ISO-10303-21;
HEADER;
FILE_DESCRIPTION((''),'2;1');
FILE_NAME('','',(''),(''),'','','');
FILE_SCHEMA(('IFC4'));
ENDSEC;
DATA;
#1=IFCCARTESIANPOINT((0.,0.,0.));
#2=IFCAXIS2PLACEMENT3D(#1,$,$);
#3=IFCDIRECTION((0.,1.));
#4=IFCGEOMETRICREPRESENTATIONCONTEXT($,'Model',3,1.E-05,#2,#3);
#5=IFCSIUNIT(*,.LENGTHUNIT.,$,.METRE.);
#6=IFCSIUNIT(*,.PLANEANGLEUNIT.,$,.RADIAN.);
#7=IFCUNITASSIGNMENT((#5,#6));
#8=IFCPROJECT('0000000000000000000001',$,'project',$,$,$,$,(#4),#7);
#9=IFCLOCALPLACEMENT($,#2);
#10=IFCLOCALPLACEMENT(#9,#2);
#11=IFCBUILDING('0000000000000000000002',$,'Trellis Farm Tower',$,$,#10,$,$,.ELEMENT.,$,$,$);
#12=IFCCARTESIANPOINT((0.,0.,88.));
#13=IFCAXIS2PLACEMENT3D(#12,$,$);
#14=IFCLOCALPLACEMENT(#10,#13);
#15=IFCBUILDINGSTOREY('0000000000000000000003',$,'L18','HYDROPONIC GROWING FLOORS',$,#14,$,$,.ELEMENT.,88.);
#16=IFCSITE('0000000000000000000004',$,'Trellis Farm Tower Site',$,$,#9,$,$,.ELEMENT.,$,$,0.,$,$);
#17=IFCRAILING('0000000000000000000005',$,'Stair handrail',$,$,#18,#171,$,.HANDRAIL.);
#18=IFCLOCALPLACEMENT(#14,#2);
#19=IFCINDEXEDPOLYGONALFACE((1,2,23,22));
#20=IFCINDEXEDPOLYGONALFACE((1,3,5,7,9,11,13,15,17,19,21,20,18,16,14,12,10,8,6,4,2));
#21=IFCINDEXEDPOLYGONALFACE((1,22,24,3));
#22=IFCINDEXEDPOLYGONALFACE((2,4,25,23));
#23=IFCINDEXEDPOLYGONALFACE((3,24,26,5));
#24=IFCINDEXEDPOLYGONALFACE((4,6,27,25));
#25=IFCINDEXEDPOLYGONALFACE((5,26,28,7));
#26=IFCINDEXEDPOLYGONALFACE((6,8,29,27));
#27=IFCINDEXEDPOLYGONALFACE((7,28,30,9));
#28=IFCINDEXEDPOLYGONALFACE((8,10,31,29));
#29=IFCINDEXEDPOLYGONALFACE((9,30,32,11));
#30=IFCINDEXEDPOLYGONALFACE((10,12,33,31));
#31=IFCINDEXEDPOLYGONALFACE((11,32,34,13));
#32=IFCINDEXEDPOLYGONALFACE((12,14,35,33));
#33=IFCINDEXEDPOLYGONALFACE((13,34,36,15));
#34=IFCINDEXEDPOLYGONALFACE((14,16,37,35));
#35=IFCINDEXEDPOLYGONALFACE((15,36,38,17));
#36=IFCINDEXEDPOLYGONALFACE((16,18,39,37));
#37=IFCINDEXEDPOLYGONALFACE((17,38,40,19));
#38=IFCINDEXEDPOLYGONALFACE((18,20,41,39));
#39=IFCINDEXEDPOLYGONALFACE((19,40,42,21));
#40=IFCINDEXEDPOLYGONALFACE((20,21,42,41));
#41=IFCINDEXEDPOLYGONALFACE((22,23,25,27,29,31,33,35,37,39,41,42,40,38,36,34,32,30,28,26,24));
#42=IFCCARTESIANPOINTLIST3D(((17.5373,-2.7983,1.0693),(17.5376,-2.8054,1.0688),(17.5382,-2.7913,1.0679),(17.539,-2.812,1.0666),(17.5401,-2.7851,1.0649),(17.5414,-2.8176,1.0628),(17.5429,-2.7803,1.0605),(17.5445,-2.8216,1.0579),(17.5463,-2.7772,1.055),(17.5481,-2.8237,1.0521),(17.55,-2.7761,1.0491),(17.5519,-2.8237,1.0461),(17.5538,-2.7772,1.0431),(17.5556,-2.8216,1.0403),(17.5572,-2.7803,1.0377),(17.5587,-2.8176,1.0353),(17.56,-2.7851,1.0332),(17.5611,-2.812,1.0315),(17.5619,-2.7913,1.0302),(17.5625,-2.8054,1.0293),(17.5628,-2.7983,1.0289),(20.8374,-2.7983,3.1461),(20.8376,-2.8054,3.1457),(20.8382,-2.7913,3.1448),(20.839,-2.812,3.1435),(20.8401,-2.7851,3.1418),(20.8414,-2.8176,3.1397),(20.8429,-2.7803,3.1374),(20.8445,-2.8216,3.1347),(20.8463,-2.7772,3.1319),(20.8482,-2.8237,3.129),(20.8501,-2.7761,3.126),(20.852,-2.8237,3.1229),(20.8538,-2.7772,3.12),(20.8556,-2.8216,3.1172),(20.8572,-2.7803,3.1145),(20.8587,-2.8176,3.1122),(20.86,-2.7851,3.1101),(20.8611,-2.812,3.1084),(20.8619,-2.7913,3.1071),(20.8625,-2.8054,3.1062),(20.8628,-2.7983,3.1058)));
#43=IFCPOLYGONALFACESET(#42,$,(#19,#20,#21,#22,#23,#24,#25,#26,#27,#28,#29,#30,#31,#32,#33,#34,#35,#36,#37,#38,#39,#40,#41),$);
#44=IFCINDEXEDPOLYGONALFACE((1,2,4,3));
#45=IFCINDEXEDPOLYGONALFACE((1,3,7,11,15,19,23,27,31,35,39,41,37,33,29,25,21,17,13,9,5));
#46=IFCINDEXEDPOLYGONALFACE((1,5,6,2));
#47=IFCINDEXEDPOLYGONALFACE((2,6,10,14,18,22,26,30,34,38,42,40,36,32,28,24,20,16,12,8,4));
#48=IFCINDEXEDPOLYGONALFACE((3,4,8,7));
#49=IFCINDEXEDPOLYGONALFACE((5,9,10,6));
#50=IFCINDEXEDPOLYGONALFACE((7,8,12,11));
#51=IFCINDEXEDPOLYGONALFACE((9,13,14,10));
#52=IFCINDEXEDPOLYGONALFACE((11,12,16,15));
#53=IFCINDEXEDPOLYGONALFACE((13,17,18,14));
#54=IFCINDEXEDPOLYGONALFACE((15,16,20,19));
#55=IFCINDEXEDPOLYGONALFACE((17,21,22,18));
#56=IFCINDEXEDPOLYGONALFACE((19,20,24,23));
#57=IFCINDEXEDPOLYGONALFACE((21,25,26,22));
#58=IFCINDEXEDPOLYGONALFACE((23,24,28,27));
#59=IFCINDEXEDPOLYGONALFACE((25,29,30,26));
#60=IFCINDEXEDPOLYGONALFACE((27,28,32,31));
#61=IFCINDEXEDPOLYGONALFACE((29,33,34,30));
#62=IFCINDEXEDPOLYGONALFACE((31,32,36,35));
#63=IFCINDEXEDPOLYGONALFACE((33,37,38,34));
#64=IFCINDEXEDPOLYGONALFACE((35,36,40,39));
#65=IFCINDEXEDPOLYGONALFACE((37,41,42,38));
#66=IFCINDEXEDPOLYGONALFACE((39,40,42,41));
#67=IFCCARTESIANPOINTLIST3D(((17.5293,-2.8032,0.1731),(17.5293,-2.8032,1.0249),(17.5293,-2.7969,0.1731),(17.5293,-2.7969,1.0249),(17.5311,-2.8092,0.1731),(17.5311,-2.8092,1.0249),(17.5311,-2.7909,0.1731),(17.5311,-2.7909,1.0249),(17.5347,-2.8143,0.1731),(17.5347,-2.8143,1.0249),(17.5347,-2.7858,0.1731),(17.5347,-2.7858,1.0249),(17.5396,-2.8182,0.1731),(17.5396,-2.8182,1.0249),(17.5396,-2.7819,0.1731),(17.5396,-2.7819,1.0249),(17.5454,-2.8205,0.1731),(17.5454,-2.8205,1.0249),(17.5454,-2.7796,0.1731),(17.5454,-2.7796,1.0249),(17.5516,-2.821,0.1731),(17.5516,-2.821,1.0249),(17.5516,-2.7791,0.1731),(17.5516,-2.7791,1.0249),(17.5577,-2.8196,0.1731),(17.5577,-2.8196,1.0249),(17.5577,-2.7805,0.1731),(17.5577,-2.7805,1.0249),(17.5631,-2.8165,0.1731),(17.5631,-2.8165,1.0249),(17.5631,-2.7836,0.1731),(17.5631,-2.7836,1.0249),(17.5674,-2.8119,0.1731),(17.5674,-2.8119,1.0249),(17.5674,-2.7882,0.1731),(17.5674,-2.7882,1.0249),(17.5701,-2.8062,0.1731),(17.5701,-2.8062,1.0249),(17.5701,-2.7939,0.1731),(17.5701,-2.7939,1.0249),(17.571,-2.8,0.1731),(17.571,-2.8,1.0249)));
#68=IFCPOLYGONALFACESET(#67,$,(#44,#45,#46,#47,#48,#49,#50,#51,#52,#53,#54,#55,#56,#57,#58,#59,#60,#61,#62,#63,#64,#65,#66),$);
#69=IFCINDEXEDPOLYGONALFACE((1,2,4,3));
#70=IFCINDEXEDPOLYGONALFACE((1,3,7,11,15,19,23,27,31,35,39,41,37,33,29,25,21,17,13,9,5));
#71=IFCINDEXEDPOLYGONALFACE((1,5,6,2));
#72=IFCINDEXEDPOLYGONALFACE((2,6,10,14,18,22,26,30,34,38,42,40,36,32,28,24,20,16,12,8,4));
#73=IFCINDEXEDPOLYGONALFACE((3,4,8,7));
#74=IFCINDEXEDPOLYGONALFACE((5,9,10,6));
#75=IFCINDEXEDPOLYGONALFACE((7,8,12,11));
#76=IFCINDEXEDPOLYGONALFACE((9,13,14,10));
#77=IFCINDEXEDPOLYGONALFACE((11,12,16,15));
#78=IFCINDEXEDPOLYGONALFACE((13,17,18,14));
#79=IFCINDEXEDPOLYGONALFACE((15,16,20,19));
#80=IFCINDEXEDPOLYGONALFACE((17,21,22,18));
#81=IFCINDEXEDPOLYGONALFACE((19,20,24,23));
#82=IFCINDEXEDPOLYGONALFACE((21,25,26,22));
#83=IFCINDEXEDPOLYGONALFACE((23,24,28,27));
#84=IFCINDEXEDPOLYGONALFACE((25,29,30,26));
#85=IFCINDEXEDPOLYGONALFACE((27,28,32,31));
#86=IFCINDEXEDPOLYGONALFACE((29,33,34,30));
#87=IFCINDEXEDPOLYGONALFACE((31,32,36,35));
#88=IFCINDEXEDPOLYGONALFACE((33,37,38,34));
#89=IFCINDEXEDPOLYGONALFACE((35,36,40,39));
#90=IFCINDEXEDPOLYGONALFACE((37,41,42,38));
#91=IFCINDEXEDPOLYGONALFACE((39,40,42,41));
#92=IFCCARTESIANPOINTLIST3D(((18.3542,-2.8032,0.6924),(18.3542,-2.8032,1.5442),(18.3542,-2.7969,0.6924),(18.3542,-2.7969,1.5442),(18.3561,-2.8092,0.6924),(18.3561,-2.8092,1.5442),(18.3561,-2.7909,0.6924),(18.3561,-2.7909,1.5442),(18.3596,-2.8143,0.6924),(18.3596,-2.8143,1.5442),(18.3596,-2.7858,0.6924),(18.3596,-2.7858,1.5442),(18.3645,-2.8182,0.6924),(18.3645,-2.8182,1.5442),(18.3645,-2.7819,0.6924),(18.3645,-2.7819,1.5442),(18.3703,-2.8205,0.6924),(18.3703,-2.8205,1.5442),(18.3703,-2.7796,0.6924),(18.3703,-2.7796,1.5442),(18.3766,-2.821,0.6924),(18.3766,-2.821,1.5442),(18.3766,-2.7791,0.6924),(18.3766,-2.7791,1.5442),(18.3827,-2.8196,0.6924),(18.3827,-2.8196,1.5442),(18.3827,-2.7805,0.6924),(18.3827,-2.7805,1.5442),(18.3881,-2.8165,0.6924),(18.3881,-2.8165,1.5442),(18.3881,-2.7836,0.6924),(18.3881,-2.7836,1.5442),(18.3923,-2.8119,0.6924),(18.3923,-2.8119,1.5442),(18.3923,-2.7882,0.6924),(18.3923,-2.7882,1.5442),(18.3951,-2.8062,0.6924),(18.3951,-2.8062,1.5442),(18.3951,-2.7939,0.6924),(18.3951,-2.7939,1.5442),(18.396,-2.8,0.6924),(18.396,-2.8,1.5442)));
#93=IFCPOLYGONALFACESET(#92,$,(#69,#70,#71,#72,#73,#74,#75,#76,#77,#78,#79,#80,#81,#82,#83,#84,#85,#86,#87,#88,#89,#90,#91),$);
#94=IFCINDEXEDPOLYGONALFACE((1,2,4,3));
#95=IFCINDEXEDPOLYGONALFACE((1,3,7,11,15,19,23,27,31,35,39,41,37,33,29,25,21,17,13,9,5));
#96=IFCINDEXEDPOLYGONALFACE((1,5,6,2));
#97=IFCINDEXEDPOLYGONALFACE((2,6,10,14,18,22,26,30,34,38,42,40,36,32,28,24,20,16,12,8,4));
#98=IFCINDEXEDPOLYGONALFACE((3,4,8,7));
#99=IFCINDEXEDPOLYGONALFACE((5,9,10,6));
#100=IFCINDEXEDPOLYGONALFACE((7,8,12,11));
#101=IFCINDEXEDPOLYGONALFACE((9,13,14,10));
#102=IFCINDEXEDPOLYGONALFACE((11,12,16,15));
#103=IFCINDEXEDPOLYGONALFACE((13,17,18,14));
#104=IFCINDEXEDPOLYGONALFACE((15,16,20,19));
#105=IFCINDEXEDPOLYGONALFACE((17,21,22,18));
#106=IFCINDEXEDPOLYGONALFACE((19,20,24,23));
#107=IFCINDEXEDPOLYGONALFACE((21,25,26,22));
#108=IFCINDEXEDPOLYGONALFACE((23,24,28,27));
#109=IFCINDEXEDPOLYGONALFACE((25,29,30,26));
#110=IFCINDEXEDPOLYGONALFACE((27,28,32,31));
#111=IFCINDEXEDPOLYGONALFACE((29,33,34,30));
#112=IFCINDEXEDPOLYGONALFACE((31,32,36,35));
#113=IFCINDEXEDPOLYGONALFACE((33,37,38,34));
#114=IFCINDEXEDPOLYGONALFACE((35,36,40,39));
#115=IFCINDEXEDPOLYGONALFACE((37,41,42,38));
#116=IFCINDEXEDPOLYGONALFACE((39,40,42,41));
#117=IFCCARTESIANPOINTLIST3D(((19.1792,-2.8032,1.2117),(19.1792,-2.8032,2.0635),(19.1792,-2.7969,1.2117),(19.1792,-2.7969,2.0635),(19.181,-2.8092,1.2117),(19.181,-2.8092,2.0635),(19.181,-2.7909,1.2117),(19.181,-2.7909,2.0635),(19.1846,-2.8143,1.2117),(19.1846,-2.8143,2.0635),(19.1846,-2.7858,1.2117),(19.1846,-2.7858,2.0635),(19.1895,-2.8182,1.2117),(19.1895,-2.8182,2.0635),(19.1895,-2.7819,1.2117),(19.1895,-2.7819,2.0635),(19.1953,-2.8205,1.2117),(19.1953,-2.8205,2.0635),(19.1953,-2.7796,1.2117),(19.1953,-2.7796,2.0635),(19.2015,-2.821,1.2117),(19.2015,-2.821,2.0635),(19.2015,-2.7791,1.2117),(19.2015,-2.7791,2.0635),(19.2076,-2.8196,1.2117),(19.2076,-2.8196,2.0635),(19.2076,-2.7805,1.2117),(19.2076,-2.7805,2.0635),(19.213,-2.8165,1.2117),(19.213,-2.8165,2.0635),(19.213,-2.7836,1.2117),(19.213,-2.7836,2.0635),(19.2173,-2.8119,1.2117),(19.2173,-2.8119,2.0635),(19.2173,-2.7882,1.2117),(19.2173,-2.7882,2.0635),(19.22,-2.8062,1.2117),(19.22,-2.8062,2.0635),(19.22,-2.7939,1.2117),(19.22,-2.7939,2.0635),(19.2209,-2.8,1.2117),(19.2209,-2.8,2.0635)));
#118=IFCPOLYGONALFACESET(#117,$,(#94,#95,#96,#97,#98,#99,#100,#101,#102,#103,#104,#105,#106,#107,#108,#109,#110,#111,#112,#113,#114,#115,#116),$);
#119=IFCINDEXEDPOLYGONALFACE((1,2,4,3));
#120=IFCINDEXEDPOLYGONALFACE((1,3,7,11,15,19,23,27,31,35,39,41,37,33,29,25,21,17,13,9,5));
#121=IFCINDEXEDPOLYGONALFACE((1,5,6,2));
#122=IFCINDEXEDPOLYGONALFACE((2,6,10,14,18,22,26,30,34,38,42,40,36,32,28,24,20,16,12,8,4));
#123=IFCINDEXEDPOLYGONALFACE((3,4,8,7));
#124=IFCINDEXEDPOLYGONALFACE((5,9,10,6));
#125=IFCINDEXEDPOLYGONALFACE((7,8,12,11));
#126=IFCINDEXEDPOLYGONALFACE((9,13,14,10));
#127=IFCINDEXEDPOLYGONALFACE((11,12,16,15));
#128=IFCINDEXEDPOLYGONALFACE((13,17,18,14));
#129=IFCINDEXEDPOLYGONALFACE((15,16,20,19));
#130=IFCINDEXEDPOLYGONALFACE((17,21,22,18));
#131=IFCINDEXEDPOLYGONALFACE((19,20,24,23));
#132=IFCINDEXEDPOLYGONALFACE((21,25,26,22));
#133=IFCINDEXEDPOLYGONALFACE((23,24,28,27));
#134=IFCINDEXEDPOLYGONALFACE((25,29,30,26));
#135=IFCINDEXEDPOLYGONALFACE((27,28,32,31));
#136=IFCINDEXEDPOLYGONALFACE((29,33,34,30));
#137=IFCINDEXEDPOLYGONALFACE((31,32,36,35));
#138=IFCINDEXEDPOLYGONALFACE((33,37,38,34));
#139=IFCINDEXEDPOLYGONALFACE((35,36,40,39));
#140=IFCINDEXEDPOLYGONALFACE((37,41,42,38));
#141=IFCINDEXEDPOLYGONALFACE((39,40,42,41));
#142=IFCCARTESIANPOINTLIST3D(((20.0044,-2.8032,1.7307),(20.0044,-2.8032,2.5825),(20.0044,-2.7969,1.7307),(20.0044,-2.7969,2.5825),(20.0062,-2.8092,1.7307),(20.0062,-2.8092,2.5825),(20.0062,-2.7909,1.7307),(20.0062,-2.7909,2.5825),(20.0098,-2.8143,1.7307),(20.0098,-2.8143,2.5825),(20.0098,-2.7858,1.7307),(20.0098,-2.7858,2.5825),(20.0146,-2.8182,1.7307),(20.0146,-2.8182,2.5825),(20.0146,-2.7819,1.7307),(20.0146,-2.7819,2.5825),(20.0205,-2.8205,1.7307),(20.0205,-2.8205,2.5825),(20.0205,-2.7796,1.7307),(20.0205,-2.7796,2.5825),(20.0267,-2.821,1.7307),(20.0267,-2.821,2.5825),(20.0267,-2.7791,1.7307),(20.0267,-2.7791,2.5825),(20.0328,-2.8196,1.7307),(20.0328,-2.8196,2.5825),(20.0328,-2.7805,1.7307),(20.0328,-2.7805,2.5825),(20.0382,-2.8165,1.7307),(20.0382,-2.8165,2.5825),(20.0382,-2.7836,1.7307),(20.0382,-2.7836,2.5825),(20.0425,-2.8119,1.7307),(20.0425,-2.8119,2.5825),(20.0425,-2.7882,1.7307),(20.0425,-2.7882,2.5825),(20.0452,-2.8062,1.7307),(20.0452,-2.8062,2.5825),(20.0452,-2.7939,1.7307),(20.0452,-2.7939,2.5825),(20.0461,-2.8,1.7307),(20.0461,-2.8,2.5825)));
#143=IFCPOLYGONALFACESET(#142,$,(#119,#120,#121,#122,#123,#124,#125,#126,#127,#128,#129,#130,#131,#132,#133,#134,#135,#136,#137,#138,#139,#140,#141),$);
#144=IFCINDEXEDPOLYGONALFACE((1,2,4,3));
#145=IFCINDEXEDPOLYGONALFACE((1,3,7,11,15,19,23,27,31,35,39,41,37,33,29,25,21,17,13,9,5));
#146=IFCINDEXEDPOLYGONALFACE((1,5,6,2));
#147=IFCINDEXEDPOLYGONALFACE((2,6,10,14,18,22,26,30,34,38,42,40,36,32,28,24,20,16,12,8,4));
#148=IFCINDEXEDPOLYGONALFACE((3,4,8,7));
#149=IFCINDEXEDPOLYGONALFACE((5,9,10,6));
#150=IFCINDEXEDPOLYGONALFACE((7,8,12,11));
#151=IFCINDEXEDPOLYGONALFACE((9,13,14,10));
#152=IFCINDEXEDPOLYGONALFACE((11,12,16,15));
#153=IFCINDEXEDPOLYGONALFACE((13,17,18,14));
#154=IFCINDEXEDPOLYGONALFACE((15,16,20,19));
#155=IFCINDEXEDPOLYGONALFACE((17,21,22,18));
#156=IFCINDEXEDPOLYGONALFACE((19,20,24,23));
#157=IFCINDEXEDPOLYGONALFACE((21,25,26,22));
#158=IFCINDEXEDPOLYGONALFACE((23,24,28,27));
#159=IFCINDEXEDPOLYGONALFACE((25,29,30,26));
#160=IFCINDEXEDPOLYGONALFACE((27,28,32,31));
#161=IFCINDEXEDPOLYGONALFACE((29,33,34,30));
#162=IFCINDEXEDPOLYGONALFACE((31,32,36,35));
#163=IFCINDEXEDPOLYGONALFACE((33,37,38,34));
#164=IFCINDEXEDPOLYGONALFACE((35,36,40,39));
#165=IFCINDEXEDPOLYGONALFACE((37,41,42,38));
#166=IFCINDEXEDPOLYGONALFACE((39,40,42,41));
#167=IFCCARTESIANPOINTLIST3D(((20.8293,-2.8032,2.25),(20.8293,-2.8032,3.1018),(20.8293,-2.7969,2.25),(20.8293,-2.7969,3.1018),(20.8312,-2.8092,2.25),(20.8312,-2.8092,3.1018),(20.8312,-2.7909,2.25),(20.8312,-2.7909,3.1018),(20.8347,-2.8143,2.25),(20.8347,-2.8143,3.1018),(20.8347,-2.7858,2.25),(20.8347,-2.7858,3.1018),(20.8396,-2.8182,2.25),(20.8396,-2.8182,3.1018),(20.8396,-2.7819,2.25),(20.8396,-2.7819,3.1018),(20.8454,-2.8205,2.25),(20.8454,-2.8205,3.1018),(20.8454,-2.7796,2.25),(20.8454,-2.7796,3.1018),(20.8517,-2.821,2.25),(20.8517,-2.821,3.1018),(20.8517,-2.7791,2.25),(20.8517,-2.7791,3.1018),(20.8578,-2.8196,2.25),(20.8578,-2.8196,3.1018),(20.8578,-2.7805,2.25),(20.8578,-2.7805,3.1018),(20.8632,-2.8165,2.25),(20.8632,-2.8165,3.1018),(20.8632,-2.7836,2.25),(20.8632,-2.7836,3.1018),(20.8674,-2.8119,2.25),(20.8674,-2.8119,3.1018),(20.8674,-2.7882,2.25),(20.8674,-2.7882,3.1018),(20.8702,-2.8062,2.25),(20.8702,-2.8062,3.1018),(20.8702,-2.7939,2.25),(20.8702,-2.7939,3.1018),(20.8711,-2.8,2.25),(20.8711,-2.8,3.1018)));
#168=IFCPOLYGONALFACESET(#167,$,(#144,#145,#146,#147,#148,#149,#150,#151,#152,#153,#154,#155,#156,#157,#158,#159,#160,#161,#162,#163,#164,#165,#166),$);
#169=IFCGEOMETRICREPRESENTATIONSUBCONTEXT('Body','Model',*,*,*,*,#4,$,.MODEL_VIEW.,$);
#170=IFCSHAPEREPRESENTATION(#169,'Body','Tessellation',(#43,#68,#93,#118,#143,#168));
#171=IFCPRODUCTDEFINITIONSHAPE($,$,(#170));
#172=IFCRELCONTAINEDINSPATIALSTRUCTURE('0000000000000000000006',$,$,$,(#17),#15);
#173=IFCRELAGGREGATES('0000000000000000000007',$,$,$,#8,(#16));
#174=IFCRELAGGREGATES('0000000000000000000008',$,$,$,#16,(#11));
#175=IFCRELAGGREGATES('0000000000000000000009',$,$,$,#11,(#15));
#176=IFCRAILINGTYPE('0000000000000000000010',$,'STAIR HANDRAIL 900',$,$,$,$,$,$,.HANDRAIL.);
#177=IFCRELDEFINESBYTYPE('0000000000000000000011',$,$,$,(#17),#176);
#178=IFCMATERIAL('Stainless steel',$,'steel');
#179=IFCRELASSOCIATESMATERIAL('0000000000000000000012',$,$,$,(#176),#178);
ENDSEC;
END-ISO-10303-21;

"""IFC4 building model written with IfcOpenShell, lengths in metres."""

from ifc_helpers import new_model, si_unit, direction, frame, origin, origin_2d, place, context, subcontext, project, spatial, circle, extrude, source, transform, mapped, material, type_object, element, save


model = new_model("IFC4")

# Units and contexts
model_context = context("Model", 3, precision=1e-05, world=origin(), true_north=direction((0.0, 1.0)))
body_context = subcontext(model_context, "Body", "Model", "MODEL_VIEW")
ifc_project = project(units=[si_unit("LENGTHUNIT", "METRE"), si_unit("PLANEANGLEUNIT", "RADIAN")], contexts=[model_context])

# Site, building, storey
site_placement = place(None, origin())
site = spatial("IfcSite", under=ifc_project, at=site_placement, Name="Trellis Farm Tower Site", CompositionType="ELEMENT", RefElevation=0.0)
building_placement = place(site_placement, origin())
building = spatial("IfcBuilding", under=site, at=building_placement, Name="Trellis Farm Tower", CompositionType="ELEMENT")
storey_placement = place(building_placement, frame((0.0, 0.0, 88.0)))
storey = spatial("IfcBuildingStorey", under=building, at=storey_placement, Name="L18", Description="HYDROPONIC GROWING FLOORS", CompositionType="ELEMENT", Elevation=88.0)

# Shared definitions
ifc_material_1 = material(Name="Stainless steel", Category="steel")

# Railing
railing_type = type_object("IfcRailingType", Name="STAIR HANDRAIL 900", PredefinedType="HANDRAIL", material=ifc_material_1)
shared_shape_1 = source(origin(), body_context, "Body", "SweptSolid", [
    extrude(circle(Radius=0.0239, at=origin_2d()), frame((0.0, 0.0, 0.876), z_axis=(0.846337, 0.0, 0.532647), x_axis=(0.0, 1.0, 0.0)), (0.0, 0.0, 1.0), 3.8992),
    extrude(circle(Radius=0.021, at=origin_2d()), origin(), (0.0, 0.0, 1.0), 0.8518),
    extrude(circle(Radius=0.021, at=origin_2d()), frame((0.825, 0.0, 0.5193)), (0.0, 0.0, 1.0), 0.8518),
    extrude(circle(Radius=0.021, at=origin_2d()), frame((1.6499, 0.0, 1.0386)), (0.0, 0.0, 1.0), 0.8518),
    extrude(circle(Radius=0.021, at=origin_2d()), frame((2.4751, 0.0, 1.5576)), (0.0, 0.0, 1.0), 0.8518),
    extrude(circle(Radius=0.021, at=origin_2d()), frame((3.3, 0.0, 2.0769)), (0.0, 0.0, 1.0), 0.8518),
])
railing_placement = place(storey_placement, frame((17.55, -2.8, 0.1731)))
element("IfcRailing", 1, at=railing_placement, inside=storey, type_object=railing_type, Name="Stair handrail", PredefinedType="HANDRAIL", context=body_context, shape_type="MappedRepresentation", body=[
    mapped(shared_shape_1, transform((0.0, 0.0, 0.0))),
])

save(model, "model.ifc")
